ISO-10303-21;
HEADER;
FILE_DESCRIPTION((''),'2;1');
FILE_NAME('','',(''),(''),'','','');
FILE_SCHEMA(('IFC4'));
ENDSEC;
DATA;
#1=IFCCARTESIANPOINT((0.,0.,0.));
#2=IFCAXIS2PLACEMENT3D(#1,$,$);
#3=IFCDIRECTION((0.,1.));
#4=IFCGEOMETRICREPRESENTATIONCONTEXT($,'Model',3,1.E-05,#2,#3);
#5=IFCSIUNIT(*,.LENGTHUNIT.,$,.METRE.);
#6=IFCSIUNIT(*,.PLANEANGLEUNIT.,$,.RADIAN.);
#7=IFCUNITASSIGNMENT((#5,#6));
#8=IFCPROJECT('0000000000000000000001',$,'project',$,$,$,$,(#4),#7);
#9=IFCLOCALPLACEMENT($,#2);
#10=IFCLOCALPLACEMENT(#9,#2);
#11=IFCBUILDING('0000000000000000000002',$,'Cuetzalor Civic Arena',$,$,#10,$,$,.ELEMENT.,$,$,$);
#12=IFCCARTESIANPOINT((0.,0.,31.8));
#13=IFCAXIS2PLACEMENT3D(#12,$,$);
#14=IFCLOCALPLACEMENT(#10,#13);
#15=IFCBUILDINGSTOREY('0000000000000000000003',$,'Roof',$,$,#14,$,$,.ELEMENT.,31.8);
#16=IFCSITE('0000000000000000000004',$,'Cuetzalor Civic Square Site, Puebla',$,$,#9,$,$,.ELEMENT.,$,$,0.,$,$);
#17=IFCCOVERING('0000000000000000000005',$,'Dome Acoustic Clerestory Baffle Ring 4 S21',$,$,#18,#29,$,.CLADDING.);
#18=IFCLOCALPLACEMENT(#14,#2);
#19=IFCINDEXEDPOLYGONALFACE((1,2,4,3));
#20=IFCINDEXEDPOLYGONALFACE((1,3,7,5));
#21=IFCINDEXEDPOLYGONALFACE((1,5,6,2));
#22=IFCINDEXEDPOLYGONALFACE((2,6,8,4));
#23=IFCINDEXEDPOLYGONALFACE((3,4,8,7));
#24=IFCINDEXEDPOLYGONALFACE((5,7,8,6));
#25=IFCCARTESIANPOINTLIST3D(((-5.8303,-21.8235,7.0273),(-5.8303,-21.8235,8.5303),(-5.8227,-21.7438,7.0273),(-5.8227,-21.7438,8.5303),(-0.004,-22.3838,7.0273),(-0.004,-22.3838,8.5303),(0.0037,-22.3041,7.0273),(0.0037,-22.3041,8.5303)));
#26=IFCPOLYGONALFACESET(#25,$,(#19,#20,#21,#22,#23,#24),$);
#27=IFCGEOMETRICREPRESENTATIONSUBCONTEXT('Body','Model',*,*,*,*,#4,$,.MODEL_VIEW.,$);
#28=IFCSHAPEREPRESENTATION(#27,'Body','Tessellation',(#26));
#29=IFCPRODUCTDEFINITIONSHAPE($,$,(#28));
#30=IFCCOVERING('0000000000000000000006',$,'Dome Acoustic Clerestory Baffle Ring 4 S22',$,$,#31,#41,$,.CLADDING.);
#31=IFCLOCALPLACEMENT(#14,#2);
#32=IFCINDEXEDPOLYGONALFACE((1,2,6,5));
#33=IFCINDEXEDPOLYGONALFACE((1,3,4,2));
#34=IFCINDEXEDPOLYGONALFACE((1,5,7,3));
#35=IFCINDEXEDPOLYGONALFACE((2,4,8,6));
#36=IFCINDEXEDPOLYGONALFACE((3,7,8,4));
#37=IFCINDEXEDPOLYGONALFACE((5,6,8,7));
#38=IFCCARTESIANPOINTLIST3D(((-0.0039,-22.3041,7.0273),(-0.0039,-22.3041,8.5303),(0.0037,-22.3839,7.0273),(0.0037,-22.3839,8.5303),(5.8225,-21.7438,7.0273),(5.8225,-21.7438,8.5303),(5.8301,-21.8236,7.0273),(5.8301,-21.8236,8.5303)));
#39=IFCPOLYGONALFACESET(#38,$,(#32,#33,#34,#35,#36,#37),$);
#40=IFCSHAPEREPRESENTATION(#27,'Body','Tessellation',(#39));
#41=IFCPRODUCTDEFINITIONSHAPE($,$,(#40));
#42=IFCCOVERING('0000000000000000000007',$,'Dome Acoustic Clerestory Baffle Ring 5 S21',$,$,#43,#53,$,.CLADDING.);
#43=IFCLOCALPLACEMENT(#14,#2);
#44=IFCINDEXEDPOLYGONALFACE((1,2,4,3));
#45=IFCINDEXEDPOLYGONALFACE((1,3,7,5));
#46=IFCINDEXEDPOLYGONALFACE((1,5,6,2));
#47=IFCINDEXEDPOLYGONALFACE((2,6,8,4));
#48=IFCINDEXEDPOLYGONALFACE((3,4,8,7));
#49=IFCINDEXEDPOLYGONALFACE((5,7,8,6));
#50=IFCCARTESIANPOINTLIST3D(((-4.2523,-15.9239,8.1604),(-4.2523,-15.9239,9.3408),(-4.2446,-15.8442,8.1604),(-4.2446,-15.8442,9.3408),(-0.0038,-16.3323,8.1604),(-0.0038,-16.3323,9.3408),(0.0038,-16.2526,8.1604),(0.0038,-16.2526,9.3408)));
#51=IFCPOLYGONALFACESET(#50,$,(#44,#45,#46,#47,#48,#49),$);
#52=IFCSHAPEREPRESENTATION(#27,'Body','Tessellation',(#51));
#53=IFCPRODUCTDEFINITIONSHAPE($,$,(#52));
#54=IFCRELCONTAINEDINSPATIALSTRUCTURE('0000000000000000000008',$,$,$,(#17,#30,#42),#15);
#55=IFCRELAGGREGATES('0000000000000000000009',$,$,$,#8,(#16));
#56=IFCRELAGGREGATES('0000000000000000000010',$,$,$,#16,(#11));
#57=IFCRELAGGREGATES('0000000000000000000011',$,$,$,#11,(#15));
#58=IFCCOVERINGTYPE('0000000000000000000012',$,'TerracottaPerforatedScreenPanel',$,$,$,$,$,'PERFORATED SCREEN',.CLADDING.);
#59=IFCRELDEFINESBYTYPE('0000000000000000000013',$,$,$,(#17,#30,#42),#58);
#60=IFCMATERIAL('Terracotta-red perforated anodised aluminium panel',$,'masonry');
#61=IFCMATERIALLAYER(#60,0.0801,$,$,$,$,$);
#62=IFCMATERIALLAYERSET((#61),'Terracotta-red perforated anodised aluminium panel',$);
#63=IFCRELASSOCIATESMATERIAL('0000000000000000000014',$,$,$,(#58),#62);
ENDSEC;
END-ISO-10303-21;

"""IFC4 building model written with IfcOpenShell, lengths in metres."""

from ifc_helpers import new_model, si_unit, direction, frame, frame_2d, origin, place, context, subcontext, project, spatial, rectangle, extrude, material, layer, layer_set, type_object, element, save


model = new_model("IFC4")

# Units and contexts
model_context = context("Model", 3, precision=1e-05, world=origin(), true_north=direction((0.0, 1.0)))
body_context = subcontext(model_context, "Body", "Model", "MODEL_VIEW")
ifc_project = project(units=[si_unit("LENGTHUNIT", "METRE"), si_unit("PLANEANGLEUNIT", "RADIAN")], contexts=[model_context])

# Site, building, storey
site_placement = place(None, origin())
site = spatial("IfcSite", under=ifc_project, at=site_placement, Name="Cuetzalor Civic Square Site, Puebla", CompositionType="ELEMENT", RefElevation=0.0)
building_placement = place(site_placement, origin())
building = spatial("IfcBuilding", under=site, at=building_placement, Name="Cuetzalor Civic Arena", CompositionType="ELEMENT")
storey_placement = place(building_placement, frame((0.0, 0.0, 31.8)))
storey = spatial("IfcBuildingStorey", under=building, at=storey_placement, Name="Roof", CompositionType="ELEMENT", Elevation=31.8)

# Coverings
ifc_material_1 = material(Name="Terracotta-red perforated anodised aluminium panel", Category="masonry")
ifc_layer_1 = layer(ifc_material_1, 0.0801)
ifc_layer_set_1 = layer_set([ifc_layer_1], Name="Terracotta-red perforated anodised aluminium panel")
covering_type = type_object("IfcCoveringType", Name="TerracottaPerforatedScreenPanel", ElementType="PERFORATED SCREEN", PredefinedType="CLADDING", material=ifc_layer_set_1)
for number, where, z_axis, x_axis, name in (
    (1, (0.0, -22.344, 7.0273), (0.0, 0.0, 1.0), (-0.995408, 0.095724, 0.0), "Dome Acoustic Clerestory Baffle Ring 4 S21"),
    (2, (5.8264, -21.7837, 7.0273), (0.0, 0.0, 1.0), (-0.995408, -0.095724, 0.0), "Dome Acoustic Clerestory Baffle Ring 4 S22"),
):
    element("IfcCovering", number, at=place(storey_placement, frame(where, z_axis=z_axis, x_axis=x_axis)), inside=storey, type_object=covering_type, Name=name, PredefinedType="CLADDING", context=body_context, shape_type="SweptSolid", body=[
        extrude(rectangle(XDim=5.8533, YDim=0.0801, at=frame_2d((2.9268, 0.0))), origin(), (0.0, 0.0, 1.0), 1.5029),
    ])
covering_1_placement = place(storey_placement, frame((0.0, -16.2925, 8.1604), z_axis=(0.0, 0.0, 1.0), x_axis=(-0.99541, 0.095697, 0.0)))
element("IfcCovering", 3, at=covering_1_placement, inside=storey, type_object=covering_type, Name="Dome Acoustic Clerestory Baffle Ring 5 S21", PredefinedType="CLADDING", context=body_context, shape_type="SweptSolid", body=[
    extrude(rectangle(XDim=4.2681, YDim=0.0801, at=frame_2d((2.134, 0.0))), origin(), (0.0, 0.0, 1.0), 1.1804),
])

save(model, "model.ifc")
